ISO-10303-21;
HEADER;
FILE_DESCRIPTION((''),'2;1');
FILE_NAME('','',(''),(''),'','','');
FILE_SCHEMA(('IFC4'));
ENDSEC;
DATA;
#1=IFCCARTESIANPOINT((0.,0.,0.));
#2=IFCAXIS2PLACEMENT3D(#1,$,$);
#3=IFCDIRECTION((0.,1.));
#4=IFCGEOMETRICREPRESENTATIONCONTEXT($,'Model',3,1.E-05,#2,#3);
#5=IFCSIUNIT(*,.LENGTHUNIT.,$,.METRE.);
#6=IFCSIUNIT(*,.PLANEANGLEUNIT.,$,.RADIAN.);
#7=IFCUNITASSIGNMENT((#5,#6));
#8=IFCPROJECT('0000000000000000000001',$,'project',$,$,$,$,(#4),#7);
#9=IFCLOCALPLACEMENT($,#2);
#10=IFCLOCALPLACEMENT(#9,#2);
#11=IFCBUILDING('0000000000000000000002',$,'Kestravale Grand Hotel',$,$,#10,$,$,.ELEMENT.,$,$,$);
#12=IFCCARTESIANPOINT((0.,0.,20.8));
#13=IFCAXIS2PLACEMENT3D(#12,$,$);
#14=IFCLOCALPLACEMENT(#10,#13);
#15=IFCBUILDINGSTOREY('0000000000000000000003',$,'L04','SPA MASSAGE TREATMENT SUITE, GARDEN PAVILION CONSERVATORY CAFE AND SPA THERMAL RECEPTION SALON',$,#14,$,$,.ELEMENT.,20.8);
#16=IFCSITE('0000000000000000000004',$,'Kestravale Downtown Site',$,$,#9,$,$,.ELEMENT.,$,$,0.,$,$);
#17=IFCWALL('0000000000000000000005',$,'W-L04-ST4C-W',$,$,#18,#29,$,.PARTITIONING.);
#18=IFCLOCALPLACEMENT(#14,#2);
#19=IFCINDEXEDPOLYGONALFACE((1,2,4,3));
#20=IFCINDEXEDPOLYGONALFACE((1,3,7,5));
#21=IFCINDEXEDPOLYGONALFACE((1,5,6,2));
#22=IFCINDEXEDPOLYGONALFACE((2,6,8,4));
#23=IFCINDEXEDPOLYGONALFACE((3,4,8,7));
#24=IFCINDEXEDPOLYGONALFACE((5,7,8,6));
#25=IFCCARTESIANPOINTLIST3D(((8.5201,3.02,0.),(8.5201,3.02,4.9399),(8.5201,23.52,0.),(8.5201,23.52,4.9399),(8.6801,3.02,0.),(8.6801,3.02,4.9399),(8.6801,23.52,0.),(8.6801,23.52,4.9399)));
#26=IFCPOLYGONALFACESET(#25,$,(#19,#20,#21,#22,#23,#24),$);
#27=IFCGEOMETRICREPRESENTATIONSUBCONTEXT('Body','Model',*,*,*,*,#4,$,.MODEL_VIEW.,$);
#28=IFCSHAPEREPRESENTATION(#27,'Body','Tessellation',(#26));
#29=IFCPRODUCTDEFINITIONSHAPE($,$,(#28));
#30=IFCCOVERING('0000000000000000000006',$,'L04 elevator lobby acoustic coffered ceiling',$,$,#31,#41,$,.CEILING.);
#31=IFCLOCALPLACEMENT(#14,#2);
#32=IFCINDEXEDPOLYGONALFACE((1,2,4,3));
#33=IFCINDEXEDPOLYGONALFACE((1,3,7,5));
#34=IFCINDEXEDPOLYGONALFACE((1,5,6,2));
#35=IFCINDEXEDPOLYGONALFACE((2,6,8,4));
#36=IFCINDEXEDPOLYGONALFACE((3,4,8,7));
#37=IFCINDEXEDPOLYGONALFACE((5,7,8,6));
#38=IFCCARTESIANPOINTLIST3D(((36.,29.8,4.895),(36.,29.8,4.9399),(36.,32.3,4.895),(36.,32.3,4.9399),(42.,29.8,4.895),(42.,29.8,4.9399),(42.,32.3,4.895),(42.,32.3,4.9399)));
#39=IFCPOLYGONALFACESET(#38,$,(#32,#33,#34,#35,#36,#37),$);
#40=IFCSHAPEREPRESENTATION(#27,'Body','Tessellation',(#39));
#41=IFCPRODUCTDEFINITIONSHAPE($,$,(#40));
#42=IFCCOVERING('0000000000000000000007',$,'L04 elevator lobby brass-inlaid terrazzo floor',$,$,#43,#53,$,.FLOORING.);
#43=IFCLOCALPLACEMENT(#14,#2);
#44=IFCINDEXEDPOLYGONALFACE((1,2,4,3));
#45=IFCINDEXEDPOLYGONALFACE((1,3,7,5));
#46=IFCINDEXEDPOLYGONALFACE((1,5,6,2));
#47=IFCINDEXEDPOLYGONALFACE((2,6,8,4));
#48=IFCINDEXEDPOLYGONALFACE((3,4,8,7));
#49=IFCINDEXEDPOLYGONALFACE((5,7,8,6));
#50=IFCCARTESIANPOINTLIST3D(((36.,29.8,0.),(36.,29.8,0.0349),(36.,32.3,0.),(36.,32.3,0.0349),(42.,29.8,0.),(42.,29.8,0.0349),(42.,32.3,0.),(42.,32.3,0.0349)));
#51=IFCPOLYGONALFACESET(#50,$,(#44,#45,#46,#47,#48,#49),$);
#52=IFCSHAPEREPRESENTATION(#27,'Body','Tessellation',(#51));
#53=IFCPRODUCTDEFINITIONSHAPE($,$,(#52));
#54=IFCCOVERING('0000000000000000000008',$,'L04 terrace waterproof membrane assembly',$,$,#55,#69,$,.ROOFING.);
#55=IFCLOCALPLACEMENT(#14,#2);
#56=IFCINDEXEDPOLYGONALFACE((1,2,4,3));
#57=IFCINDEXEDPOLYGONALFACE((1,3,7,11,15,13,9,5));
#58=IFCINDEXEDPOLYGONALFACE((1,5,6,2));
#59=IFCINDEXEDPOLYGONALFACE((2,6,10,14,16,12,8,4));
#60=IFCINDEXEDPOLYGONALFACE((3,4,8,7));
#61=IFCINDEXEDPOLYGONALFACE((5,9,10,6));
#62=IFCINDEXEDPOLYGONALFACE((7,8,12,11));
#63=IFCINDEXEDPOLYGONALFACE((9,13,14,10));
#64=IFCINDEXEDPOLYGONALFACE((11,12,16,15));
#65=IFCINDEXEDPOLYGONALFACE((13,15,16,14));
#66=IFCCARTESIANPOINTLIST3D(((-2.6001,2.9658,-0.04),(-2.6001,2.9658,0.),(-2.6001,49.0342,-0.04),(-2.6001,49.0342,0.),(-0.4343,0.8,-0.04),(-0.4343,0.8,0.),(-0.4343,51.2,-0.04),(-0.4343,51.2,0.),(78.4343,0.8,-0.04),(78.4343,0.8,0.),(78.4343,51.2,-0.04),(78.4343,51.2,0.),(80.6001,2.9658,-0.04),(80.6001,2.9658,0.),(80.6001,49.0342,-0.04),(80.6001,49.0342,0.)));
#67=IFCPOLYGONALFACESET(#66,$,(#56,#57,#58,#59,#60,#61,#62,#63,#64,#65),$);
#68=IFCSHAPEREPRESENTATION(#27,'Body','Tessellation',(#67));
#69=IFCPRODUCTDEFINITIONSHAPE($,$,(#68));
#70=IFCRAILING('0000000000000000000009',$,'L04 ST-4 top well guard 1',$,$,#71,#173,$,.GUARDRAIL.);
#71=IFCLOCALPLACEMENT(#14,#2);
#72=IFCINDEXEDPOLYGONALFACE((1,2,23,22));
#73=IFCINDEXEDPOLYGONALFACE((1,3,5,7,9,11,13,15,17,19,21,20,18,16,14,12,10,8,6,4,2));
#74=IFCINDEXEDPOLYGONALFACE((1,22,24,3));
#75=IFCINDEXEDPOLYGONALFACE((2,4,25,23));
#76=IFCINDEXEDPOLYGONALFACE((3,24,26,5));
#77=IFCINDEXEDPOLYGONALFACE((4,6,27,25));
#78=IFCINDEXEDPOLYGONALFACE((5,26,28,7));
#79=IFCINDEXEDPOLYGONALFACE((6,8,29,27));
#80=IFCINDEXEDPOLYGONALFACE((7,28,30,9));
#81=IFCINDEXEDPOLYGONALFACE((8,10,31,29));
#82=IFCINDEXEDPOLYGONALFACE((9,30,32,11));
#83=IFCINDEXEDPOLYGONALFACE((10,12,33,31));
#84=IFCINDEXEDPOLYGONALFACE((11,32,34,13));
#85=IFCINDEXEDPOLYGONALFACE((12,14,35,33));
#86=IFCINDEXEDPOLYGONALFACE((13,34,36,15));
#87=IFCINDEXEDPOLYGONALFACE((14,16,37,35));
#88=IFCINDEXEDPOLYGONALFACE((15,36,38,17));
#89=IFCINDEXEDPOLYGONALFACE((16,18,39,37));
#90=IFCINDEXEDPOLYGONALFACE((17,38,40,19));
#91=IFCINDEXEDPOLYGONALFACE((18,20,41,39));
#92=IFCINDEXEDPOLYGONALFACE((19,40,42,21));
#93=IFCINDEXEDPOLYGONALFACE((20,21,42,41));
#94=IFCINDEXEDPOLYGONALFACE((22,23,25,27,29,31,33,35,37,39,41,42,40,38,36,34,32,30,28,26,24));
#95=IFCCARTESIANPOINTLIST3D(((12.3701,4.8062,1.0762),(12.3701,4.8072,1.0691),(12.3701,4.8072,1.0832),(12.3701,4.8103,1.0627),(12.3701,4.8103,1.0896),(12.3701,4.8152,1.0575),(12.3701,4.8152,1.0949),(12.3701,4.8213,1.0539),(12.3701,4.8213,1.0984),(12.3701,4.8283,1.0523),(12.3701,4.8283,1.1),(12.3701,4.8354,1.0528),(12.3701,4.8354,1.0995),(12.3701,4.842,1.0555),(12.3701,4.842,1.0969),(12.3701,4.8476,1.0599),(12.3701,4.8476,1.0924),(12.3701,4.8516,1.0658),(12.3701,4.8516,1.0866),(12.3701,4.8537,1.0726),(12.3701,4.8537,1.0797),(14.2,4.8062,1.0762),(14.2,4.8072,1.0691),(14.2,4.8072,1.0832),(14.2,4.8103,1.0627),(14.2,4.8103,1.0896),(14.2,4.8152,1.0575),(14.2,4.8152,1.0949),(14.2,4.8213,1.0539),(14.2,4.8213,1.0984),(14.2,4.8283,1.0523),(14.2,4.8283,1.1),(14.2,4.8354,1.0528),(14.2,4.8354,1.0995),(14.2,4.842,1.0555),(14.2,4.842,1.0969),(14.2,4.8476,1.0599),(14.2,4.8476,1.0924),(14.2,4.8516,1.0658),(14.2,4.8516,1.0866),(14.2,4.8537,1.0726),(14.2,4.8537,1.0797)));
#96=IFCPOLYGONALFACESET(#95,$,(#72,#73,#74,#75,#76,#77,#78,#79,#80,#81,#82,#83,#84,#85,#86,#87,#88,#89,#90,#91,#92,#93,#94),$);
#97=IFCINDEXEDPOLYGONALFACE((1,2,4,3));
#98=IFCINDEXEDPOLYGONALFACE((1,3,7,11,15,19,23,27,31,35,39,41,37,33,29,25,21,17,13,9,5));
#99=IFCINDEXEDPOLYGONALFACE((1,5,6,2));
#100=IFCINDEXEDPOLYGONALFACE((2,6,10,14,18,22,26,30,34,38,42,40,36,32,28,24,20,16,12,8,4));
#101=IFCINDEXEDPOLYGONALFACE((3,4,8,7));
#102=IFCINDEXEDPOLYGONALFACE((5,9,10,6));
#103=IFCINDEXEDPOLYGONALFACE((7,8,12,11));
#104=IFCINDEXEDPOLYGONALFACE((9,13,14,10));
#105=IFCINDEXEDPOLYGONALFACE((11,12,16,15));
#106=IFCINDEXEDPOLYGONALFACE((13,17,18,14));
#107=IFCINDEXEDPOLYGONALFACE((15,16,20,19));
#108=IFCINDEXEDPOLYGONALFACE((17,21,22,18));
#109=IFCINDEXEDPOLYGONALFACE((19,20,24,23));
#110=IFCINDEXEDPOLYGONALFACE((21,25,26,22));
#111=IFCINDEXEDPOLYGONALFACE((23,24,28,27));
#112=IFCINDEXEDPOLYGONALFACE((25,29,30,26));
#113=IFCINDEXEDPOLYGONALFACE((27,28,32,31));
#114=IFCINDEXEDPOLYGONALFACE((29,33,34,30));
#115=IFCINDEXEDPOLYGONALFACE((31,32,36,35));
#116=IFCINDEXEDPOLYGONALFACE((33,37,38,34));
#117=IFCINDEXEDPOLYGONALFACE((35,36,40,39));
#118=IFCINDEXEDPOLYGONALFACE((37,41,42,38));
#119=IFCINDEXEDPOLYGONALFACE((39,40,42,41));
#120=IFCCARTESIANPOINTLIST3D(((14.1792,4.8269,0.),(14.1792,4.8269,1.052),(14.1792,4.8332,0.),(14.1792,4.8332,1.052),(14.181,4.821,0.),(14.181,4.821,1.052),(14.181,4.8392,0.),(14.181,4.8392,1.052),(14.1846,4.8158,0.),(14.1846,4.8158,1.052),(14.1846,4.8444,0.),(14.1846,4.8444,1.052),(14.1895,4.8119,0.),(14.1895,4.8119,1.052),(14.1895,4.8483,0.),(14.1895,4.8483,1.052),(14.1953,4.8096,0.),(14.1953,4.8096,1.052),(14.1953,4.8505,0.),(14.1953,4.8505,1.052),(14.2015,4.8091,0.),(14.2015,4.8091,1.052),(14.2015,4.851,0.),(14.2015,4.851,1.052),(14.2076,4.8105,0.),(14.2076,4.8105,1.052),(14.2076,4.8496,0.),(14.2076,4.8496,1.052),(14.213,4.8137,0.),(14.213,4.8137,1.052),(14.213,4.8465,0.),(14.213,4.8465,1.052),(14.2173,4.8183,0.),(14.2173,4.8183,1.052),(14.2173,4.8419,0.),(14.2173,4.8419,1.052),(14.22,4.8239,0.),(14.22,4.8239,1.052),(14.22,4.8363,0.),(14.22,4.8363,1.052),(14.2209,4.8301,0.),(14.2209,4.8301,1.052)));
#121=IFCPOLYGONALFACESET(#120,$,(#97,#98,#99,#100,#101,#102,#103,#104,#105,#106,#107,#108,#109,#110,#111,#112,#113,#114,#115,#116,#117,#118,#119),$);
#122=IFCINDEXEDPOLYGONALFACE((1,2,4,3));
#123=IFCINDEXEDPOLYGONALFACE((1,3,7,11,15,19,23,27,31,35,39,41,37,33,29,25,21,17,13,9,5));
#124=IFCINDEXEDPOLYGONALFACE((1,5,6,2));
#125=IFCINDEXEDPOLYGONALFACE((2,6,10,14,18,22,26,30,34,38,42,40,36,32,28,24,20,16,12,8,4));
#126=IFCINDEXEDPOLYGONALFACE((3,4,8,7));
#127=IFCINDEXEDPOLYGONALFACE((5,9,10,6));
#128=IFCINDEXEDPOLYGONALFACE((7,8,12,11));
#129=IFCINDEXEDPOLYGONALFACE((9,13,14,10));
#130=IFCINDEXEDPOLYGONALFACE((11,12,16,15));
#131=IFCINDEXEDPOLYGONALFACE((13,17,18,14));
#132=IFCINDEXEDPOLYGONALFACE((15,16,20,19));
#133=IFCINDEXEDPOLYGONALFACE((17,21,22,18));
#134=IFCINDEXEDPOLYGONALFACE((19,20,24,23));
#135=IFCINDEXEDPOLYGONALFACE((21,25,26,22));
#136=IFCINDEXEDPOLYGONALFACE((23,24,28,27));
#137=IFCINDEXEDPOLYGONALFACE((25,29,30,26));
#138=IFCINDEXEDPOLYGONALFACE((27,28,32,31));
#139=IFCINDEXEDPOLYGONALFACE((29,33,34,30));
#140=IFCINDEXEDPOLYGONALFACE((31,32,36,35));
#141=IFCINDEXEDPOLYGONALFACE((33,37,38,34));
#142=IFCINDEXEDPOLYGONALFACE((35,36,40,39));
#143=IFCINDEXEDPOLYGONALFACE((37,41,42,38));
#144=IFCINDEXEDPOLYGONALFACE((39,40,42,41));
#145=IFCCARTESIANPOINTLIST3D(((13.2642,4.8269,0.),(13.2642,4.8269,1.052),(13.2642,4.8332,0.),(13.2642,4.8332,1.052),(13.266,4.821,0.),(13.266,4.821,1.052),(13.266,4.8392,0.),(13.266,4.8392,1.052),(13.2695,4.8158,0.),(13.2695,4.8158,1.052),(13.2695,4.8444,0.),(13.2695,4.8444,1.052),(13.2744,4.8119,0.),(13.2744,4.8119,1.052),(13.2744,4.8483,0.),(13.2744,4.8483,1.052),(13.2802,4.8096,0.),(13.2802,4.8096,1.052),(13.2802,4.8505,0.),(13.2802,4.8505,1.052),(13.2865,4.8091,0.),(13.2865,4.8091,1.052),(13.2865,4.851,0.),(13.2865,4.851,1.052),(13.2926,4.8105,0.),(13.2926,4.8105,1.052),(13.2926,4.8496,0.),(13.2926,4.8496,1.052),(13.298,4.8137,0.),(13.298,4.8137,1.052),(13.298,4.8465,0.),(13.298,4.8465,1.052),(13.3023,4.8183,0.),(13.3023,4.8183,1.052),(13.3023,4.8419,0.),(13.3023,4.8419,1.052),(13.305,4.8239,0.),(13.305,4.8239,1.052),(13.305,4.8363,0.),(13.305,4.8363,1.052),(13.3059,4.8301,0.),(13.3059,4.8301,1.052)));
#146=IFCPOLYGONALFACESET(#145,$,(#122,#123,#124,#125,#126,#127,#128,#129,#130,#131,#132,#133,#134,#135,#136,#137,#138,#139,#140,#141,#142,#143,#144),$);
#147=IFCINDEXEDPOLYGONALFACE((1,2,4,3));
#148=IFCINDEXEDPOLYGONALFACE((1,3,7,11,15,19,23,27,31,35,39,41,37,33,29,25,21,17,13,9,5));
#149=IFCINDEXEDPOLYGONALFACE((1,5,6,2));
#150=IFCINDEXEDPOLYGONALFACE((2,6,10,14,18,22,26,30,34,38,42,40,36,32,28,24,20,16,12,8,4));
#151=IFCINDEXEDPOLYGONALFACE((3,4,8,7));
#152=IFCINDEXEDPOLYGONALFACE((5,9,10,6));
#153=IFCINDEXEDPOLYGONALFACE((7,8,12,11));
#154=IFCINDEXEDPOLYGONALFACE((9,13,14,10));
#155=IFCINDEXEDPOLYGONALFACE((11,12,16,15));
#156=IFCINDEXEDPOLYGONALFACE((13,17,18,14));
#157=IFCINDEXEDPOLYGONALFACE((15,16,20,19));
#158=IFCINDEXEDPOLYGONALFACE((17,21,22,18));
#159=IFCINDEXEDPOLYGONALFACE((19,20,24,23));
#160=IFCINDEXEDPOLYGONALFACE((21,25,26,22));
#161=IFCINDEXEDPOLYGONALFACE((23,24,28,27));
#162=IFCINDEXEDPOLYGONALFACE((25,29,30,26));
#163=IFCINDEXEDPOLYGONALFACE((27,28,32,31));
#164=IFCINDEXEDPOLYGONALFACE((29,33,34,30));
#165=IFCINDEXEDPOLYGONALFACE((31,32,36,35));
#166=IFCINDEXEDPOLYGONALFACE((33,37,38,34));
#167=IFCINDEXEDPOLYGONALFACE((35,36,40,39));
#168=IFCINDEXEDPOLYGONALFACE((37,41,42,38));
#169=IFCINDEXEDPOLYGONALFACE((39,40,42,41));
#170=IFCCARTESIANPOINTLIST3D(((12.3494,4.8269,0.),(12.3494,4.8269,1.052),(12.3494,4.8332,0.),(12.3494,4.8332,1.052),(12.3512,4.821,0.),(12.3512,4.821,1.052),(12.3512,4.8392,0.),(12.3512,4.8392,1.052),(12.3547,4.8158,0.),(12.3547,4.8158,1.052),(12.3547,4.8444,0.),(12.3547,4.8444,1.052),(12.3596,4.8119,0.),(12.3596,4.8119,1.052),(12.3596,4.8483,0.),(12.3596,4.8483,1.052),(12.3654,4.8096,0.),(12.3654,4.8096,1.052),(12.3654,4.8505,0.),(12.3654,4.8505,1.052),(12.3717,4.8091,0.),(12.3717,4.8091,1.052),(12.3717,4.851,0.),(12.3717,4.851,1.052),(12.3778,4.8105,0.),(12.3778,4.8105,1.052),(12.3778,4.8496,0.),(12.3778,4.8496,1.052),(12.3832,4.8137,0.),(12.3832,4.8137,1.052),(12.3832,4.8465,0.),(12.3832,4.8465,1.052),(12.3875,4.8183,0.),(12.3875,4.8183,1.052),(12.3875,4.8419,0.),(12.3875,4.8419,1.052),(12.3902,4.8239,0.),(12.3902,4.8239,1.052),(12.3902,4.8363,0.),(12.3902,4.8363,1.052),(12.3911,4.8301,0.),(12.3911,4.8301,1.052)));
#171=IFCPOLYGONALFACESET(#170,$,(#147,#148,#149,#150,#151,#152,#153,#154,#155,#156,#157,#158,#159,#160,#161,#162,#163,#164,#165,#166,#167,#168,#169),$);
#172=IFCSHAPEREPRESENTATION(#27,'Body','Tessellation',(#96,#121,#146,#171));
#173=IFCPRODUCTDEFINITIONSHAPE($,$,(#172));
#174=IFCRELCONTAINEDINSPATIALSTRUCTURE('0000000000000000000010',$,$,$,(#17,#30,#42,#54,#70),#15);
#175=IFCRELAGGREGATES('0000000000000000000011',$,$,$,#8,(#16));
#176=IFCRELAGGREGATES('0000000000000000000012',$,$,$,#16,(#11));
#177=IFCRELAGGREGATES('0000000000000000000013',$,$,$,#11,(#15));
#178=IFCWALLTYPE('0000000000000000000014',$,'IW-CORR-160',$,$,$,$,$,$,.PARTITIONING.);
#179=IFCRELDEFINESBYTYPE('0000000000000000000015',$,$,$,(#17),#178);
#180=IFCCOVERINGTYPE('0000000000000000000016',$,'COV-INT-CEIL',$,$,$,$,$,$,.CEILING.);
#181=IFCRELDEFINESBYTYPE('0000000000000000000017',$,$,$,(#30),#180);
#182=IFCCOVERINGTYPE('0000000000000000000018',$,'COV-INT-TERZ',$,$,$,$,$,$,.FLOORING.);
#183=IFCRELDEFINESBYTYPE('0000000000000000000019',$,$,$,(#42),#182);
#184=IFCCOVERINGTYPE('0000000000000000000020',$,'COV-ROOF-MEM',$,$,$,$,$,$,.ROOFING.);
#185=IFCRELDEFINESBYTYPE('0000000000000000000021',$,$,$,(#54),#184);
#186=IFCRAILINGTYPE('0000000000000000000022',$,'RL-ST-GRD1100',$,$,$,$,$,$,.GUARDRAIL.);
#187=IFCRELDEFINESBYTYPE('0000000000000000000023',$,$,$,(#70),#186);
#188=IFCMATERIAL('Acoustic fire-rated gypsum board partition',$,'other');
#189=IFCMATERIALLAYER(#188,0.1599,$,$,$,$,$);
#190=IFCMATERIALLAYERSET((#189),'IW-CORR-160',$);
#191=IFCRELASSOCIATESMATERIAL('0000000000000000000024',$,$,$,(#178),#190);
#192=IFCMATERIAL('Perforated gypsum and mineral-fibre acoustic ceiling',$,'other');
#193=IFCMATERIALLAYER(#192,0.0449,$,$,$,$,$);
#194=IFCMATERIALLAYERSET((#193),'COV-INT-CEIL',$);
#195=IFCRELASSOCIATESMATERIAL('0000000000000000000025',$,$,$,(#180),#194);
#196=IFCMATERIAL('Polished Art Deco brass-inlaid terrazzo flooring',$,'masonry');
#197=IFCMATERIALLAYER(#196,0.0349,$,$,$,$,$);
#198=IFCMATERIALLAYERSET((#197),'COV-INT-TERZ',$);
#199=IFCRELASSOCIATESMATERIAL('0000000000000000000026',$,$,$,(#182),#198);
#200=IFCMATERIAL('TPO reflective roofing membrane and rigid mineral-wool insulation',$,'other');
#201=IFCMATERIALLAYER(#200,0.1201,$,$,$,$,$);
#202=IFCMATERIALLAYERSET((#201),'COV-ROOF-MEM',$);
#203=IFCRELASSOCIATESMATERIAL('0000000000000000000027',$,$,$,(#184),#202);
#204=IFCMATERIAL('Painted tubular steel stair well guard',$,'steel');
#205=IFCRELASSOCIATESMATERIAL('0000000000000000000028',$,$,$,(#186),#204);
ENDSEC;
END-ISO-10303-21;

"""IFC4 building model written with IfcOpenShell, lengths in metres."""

from ifc_helpers import new_model, si_unit, direction, frame, frame_2d, origin, origin_2d, place, context, subcontext, project, spatial, polyline, rectangle, circle, outline, extrude, material, layer, layer_set, type_object, element, save


model = new_model("IFC4")

# Units and contexts
model_context = context("Model", 3, precision=1e-05, world=origin(), true_north=direction((0.0, 1.0)))
body_context = subcontext(model_context, "Body", "Model", "MODEL_VIEW")
ifc_project = project(units=[si_unit("LENGTHUNIT", "METRE"), si_unit("PLANEANGLEUNIT", "RADIAN")], contexts=[model_context])

# Site, building, storey
site_placement = place(None, origin())
site = spatial("IfcSite", under=ifc_project, at=site_placement, Name="Kestravale Downtown Site", CompositionType="ELEMENT", RefElevation=0.0)
building_placement = place(site_placement, origin())
building = spatial("IfcBuilding", under=site, at=building_placement, Name="Kestravale Grand Hotel", CompositionType="ELEMENT")
storey_placement = place(building_placement, frame((0.0, 0.0, 20.8)))
storey = spatial("IfcBuildingStorey", under=building, at=storey_placement, Name="L04", Description="SPA MASSAGE TREATMENT SUITE, GARDEN PAVILION CONSERVATORY CAFE AND SPA THERMAL RECEPTION SALON", CompositionType="ELEMENT", Elevation=20.8)

# Wall
ifc_material_1 = material(Name="Acoustic fire-rated gypsum board partition", Category="other")
ifc_layer_1 = layer(ifc_material_1, 0.1599)
ifc_layer_set_1 = layer_set([ifc_layer_1], Name="IW-CORR-160")
wall_type_1 = type_object("IfcWallType", Name="IW-CORR-160", PredefinedType="PARTITIONING", material=ifc_layer_set_1)
wall_1_placement = place(storey_placement, frame((8.6001, 3.02, 0.0), z_axis=(0.0, 0.0, 1.0), x_axis=(0.0, 1.0, 0.0)))
element("IfcWall", 1, at=wall_1_placement, inside=storey, type_object=wall_type_1, Name="W-L04-ST4C-W", PredefinedType="PARTITIONING", context=body_context, shape_type="SweptSolid", body=[
    extrude(rectangle(XDim=20.5, YDim=0.1599, at=frame_2d((10.25, 0.0))), origin(), (0.0, 0.0, 1.0), 4.9399),
])

# Coverings
ifc_material_2 = material(Name="Perforated gypsum and mineral-fibre acoustic ceiling", Category="other")
ifc_layer_2 = layer(ifc_material_2, 0.0449)
ifc_layer_set_2 = layer_set([ifc_layer_2], Name="COV-INT-CEIL")
covering_type_1 = type_object("IfcCoveringType", Name="COV-INT-CEIL", PredefinedType="CEILING", material=ifc_layer_set_2)
covering_1_placement = place(storey_placement, frame((0.0, 0.0, 4.895)))
element("IfcCovering", 2, at=covering_1_placement, inside=storey, type_object=covering_type_1, Name="L04 elevator lobby acoustic coffered ceiling", PredefinedType="CEILING", context=body_context, shape_type="SweptSolid", body=[
    extrude(outline(polyline([(36.0, 29.8), (42.0, 29.8), (42.0, 32.3), (36.0, 32.3), (36.0, 29.8)])), origin(), (0.0, 0.0, 1.0), 0.0449),
])
ifc_material_3 = material(Name="Polished Art Deco brass-inlaid terrazzo flooring", Category="masonry")
ifc_layer_3 = layer(ifc_material_3, 0.0349)
ifc_layer_set_3 = layer_set([ifc_layer_3], Name="COV-INT-TERZ")
covering_type_2 = type_object("IfcCoveringType", Name="COV-INT-TERZ", PredefinedType="FLOORING", material=ifc_layer_set_3)
covering_2_placement = place(storey_placement, origin())
element("IfcCovering", 3, at=covering_2_placement, inside=storey, type_object=covering_type_2, Name="L04 elevator lobby brass-inlaid terrazzo floor", PredefinedType="FLOORING", context=body_context, shape_type="SweptSolid", body=[
    extrude(outline(polyline([(36.0, 29.8), (42.0, 29.8), (42.0, 32.3), (36.0, 32.3), (36.0, 29.8)])), origin(), (0.0, 0.0, 1.0), 0.0349),
])
ifc_material_4 = material(Name="TPO reflective roofing membrane and rigid mineral-wool insulation", Category="other")
ifc_layer_4 = layer(ifc_material_4, 0.1201)
ifc_layer_set_4 = layer_set([ifc_layer_4], Name="COV-ROOF-MEM")
covering_type_3 = type_object("IfcCoveringType", Name="COV-ROOF-MEM", PredefinedType="ROOFING", material=ifc_layer_set_4)
covering_3_placement = place(storey_placement, frame((0.0, 0.0, -0.04)))
element("IfcCovering", 4, at=covering_3_placement, inside=storey, type_object=covering_type_3, Name="L04 terrace waterproof membrane assembly", PredefinedType="ROOFING", context=body_context, shape_type="SweptSolid", body=[
    extrude(outline(polyline([(-2.6001, 2.9658), (-2.6001, 49.0342), (-0.4343, 51.2), (78.4343, 51.2), (80.6001, 49.0342), (80.6001, 2.9658), (78.4343, 0.8), (-0.4343, 0.8), (-2.6001, 2.9658)])), origin(), (0.0, 0.0, 1.0), 0.04),
])

# Railing
ifc_material_5 = material(Name="Painted tubular steel stair well guard", Category="steel")
railing_type_1 = type_object("IfcRailingType", Name="RL-ST-GRD1100", PredefinedType="GUARDRAIL", material=ifc_material_5)
railing_1_placement = place(storey_placement, frame((14.2, 4.8301, 0.0)))
element("IfcRailing", 5, at=railing_1_placement, inside=storey, type_object=railing_type_1, Name="L04 ST-4 top well guard 1", PredefinedType="GUARDRAIL", context=body_context, shape_type="SweptSolid", body=[
    extrude(circle(Radius=0.0239, at=origin_2d()), frame((0.0, 0.0, 1.0762), z_axis=(-1.0, 0.0, 0.0), x_axis=(0.0, -1.0, 0.0)), (0.0, 0.0, 1.0), 1.8298),
    extrude(circle(Radius=0.021, at=origin_2d()), origin(), (0.0, 0.0, 1.0), 1.052),
    extrude(circle(Radius=0.021, at=origin_2d()), frame((-0.915, 0.0, 0.0)), (0.0, 0.0, 1.0), 1.052),
    extrude(circle(Radius=0.021, at=origin_2d()), frame((-1.8298, 0.0, 0.0)), (0.0, 0.0, 1.0), 1.052),
])

save(model, "model.ifc")
